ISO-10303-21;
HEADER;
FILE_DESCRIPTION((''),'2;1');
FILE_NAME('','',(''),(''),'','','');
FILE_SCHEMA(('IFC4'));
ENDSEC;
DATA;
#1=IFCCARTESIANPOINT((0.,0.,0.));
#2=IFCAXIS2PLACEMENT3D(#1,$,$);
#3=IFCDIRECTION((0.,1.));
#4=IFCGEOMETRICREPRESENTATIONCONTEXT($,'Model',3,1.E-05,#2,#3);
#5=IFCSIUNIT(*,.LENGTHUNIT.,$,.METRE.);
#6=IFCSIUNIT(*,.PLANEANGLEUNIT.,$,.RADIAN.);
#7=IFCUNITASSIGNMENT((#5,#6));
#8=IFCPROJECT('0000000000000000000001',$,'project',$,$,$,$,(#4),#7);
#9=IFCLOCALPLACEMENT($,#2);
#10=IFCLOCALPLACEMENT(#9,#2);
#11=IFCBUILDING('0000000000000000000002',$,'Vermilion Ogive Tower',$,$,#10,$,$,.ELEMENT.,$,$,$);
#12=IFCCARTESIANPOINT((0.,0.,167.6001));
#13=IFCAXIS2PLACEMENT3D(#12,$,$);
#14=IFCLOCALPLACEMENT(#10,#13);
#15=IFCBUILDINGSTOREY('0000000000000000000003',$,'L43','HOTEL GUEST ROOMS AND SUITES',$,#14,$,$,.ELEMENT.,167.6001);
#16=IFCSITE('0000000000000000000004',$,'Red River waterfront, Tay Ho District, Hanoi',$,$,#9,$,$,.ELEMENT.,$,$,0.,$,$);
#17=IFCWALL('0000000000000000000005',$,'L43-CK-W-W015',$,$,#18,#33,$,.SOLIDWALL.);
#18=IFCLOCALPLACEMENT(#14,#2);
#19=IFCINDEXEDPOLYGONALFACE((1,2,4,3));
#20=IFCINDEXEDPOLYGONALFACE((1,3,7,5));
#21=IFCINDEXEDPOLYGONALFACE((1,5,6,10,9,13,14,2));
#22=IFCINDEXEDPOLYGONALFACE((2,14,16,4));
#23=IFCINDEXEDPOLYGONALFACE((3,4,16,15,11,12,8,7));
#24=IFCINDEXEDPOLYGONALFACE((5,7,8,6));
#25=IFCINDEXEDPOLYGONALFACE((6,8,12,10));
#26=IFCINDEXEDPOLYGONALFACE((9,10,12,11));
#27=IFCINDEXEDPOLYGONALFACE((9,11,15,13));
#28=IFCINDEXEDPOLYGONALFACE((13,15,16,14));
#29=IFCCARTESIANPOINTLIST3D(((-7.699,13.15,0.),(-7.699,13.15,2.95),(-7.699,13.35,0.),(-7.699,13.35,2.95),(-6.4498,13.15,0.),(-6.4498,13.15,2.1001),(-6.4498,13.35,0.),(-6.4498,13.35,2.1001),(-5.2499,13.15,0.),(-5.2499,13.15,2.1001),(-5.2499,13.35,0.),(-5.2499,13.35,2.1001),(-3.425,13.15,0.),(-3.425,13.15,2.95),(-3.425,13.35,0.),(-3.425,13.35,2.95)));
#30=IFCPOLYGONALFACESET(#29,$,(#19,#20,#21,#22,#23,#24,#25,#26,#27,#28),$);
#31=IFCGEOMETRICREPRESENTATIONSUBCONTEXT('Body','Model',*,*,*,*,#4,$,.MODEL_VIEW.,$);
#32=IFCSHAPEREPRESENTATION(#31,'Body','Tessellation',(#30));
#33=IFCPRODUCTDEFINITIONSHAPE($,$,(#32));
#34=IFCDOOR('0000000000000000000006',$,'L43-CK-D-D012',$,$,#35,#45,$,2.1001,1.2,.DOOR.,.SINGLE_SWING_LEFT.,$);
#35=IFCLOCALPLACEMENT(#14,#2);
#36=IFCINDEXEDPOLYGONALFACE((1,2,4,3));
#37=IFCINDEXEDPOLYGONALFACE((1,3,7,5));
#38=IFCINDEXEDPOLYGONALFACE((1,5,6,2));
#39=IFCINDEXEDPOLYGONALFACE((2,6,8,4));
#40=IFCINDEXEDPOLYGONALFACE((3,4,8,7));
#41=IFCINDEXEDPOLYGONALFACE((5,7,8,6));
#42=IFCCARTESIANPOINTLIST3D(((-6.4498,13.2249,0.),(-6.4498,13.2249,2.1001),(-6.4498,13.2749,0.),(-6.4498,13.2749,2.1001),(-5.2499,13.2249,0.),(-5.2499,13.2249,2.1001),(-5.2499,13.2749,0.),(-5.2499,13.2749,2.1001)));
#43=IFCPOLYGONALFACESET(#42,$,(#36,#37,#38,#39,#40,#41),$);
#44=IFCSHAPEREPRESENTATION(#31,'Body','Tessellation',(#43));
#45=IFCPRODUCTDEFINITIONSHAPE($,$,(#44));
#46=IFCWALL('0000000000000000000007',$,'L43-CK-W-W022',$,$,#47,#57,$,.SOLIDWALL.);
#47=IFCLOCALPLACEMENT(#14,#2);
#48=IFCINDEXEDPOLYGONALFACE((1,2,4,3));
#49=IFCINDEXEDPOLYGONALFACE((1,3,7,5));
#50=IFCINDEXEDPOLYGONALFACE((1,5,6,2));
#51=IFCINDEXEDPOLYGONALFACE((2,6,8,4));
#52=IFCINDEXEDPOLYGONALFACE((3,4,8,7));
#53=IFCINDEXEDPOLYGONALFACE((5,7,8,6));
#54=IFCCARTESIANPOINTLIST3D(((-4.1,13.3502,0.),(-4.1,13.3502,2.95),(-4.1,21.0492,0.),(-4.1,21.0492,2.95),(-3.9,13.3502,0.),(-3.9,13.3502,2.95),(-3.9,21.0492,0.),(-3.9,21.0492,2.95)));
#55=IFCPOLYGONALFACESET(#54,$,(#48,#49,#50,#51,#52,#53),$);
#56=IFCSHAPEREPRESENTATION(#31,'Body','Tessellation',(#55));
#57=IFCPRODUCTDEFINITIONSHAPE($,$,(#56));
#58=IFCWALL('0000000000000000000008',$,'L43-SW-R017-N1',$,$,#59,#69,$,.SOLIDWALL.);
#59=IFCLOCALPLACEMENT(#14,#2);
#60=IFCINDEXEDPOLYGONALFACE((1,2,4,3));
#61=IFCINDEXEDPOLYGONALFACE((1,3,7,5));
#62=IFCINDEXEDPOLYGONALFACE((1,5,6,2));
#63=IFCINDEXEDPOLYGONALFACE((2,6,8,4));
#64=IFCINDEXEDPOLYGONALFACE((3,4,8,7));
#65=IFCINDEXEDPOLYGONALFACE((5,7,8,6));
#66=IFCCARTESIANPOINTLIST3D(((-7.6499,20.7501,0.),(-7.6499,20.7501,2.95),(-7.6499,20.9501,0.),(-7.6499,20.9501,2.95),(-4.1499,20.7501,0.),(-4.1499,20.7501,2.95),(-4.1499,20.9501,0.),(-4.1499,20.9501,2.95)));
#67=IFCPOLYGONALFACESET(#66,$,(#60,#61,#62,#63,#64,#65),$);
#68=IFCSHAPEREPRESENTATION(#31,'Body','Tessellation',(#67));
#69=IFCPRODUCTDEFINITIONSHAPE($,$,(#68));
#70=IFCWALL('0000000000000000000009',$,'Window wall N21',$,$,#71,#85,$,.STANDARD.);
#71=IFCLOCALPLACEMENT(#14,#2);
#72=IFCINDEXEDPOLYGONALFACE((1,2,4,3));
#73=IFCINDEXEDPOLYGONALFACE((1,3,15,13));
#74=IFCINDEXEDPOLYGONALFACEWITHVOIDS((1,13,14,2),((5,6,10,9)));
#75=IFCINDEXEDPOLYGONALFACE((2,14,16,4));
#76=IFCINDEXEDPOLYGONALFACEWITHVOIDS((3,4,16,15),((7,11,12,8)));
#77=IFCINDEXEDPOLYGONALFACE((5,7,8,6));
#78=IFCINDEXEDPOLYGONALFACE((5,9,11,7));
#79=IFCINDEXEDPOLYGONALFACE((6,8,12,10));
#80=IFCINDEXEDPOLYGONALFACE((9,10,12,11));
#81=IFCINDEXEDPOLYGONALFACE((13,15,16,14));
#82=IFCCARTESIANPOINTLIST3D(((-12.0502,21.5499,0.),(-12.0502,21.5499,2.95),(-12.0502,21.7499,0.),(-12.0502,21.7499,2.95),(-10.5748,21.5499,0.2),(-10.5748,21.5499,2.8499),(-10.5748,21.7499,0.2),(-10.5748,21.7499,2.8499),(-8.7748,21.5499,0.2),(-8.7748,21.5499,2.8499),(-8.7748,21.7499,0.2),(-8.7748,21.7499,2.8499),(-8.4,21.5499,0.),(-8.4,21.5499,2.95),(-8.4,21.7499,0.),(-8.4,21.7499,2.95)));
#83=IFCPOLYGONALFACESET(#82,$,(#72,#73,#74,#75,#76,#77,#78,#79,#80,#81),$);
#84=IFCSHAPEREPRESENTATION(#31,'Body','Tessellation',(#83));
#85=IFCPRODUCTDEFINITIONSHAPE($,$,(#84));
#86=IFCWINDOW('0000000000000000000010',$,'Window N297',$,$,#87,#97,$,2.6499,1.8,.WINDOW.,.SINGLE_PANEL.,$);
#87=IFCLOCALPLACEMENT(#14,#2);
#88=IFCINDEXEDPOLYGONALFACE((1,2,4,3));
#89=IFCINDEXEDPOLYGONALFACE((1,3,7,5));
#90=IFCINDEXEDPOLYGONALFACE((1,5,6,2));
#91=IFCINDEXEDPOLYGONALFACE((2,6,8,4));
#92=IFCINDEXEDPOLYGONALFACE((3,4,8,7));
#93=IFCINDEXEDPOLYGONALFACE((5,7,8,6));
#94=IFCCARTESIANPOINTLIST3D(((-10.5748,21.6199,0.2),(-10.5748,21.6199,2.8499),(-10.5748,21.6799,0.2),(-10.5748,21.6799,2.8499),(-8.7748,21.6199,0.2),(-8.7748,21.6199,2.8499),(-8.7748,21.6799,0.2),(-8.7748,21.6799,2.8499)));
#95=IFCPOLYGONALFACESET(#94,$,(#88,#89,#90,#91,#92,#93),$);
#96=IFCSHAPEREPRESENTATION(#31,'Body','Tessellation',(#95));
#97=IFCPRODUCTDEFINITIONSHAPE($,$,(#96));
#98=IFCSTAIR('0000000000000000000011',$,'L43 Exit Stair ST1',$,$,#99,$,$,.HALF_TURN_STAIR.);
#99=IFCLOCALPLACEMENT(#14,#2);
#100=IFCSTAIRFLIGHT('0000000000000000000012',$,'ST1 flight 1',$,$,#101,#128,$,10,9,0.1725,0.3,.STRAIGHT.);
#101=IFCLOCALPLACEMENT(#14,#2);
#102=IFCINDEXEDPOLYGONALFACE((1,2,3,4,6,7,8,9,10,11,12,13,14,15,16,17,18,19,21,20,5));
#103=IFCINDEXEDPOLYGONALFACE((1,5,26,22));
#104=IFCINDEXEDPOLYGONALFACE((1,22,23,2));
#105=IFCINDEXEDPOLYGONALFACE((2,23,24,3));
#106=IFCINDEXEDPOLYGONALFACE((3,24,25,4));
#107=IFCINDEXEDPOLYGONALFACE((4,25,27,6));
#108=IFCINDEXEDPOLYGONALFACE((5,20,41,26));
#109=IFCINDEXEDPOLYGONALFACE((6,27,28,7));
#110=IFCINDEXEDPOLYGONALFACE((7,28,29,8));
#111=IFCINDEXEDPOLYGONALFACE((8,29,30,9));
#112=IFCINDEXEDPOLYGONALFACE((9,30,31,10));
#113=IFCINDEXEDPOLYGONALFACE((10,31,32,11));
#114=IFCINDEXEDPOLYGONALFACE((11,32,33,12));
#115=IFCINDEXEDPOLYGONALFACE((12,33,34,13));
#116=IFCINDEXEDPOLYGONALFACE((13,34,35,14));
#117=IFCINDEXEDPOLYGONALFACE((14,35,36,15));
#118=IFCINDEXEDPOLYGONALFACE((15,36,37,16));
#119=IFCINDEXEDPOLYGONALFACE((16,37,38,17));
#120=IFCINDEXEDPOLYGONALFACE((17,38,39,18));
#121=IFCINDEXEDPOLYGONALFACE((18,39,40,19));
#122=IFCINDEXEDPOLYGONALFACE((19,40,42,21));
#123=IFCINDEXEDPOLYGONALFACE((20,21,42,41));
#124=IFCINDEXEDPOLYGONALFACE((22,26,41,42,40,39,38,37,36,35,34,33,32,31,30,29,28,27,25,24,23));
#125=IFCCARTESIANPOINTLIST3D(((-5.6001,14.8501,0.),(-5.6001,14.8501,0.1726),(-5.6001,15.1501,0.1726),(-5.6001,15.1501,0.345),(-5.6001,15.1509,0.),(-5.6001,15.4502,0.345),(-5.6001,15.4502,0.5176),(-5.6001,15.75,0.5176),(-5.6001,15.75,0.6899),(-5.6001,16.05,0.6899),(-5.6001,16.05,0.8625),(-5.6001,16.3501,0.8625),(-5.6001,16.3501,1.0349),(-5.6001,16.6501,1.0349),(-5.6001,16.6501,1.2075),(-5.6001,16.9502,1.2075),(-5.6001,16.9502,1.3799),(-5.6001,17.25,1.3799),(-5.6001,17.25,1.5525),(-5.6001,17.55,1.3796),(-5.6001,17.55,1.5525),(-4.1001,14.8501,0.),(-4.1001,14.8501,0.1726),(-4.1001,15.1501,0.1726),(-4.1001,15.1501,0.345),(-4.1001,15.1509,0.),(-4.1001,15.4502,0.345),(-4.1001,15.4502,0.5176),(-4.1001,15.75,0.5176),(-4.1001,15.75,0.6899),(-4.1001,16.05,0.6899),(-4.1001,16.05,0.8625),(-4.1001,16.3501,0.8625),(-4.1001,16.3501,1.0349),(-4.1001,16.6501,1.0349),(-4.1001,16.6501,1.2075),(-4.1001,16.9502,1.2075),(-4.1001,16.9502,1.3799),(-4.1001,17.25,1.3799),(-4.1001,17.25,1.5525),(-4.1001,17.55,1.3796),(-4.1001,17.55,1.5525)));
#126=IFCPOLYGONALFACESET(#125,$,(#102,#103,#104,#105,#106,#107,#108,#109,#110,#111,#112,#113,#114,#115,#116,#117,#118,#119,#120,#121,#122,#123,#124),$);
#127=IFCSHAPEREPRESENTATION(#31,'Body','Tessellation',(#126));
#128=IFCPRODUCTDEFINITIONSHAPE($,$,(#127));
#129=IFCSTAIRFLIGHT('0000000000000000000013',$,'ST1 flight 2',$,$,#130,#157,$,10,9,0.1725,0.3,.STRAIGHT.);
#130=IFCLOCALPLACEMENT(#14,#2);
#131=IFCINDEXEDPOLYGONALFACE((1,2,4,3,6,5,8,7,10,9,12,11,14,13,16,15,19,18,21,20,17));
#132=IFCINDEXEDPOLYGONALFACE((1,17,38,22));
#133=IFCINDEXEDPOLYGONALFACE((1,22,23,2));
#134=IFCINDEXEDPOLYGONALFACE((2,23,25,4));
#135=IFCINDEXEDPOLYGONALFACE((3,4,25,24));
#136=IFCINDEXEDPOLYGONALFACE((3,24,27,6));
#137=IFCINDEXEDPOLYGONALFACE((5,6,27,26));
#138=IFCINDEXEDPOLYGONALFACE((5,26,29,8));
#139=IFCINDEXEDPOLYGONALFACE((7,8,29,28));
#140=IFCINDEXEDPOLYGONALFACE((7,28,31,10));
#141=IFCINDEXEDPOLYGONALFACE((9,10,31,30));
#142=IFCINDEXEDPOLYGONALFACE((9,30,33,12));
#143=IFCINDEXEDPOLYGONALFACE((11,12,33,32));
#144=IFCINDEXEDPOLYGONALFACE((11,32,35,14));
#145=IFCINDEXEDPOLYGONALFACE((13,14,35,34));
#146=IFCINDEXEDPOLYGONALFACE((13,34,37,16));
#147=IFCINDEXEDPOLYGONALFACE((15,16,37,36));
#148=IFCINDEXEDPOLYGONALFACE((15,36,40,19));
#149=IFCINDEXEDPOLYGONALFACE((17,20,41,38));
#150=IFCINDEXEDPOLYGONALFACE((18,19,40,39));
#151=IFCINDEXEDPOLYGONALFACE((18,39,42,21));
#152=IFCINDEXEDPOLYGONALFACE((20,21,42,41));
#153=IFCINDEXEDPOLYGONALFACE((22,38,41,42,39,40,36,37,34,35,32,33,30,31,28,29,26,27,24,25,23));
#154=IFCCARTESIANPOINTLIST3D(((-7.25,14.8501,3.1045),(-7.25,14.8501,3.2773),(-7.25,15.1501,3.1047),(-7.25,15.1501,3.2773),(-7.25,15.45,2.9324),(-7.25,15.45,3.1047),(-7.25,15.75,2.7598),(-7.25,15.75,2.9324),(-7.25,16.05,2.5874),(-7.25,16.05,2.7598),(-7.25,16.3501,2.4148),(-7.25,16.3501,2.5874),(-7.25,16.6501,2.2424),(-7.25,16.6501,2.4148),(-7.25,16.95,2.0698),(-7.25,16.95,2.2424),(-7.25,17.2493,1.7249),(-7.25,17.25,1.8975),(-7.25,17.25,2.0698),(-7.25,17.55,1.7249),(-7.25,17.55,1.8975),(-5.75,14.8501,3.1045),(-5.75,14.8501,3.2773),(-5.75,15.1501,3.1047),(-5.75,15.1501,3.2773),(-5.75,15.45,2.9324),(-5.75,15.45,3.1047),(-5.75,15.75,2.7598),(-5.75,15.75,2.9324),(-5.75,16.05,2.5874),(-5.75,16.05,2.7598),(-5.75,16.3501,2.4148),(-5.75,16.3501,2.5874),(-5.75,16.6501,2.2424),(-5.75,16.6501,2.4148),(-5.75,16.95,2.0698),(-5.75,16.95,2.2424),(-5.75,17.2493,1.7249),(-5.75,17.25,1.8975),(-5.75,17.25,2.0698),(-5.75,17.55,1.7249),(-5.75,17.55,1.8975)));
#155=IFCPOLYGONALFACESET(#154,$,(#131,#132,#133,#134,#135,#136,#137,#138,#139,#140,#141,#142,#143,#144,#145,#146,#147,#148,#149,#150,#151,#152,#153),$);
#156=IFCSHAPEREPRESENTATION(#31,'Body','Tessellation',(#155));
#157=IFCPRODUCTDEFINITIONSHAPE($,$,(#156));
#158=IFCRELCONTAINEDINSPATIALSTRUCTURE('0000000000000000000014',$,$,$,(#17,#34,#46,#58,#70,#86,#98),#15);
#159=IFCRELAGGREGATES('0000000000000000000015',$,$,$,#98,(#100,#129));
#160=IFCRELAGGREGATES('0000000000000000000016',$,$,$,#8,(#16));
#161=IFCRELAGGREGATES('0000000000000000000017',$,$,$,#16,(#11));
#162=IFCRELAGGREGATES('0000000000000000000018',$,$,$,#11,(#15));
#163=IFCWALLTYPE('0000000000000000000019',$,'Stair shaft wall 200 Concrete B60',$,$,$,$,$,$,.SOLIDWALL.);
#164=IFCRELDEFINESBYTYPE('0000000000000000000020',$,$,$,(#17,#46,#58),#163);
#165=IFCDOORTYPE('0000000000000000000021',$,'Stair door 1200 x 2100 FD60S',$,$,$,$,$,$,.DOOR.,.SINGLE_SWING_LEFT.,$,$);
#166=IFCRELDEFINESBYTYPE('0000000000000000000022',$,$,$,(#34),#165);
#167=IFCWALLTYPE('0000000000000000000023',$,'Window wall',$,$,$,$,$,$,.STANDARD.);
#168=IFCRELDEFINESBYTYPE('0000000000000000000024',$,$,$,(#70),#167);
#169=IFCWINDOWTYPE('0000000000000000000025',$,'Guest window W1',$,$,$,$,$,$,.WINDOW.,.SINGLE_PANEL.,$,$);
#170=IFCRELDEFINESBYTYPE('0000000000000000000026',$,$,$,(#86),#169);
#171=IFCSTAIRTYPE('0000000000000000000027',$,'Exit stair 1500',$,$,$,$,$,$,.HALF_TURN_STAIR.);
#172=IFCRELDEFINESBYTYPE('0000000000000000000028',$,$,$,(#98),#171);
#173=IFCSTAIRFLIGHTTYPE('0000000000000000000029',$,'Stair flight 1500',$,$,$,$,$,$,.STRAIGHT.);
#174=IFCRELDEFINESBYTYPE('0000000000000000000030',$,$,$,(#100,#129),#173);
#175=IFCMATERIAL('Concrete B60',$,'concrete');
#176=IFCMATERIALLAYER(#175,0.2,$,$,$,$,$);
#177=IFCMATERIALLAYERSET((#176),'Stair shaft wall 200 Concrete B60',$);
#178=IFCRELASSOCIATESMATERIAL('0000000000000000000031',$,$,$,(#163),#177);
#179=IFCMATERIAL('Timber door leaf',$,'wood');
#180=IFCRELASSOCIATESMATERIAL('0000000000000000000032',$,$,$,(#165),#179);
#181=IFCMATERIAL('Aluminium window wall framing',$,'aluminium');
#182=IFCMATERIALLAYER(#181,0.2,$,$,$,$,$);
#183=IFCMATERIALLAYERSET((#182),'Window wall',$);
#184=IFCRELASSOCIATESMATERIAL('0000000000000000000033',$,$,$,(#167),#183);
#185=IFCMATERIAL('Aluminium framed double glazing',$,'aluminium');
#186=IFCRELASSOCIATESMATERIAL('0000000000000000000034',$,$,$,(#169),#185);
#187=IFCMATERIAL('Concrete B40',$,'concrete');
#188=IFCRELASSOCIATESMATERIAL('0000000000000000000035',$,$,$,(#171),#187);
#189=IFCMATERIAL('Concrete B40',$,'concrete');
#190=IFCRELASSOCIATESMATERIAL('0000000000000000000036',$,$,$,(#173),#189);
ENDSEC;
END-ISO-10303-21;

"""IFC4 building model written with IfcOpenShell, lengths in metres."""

from ifc_helpers import new_model, si_unit, direction, frame, frame_2d, origin, place, context, subcontext, project, spatial, polyline, rectangle, outline, extrude, material, layer, layer_set, type_object, element, fill, aggregate, save


model = new_model("IFC4")

# Units and contexts
model_context = context("Model", 3, precision=1e-05, world=origin(), true_north=direction((0.0, 1.0)))
body_context = subcontext(model_context, "Body", "Model", "MODEL_VIEW")
ifc_project = project(units=[si_unit("LENGTHUNIT", "METRE"), si_unit("PLANEANGLEUNIT", "RADIAN")], contexts=[model_context])

# Site, building, storey
site_placement = place(None, origin())
site = spatial("IfcSite", under=ifc_project, at=site_placement, Name="Red River waterfront, Tay Ho District, Hanoi", CompositionType="ELEMENT", RefElevation=0.0)
building_placement = place(site_placement, origin())
building = spatial("IfcBuilding", under=site, at=building_placement, Name="Vermilion Ogive Tower", CompositionType="ELEMENT")
storey_placement = place(building_placement, frame((0.0, 0.0, 167.6001)))
storey = spatial("IfcBuildingStorey", under=building, at=storey_placement, Name="L43", Description="HOTEL GUEST ROOMS AND SUITES", CompositionType="ELEMENT", Elevation=167.6001)

# Wall, opening, door
ifc_material_1 = material(Name="Concrete B60", Category="concrete")
ifc_layer_1 = layer(ifc_material_1, 0.2)
ifc_layer_set_1 = layer_set([ifc_layer_1], Name="Stair shaft wall 200 Concrete B60")
wall_type_1 = type_object("IfcWallType", Name="Stair shaft wall 200 Concrete B60", PredefinedType="SOLIDWALL", material=ifc_layer_set_1)
wall_1_placement = place(storey_placement, frame((-7.699, 13.25, 0.0), z_axis=(0.0, 0.0, 1.0), x_axis=(1.0, 0.0, 0.0)))
wall_1 = element("IfcWall", 1, at=wall_1_placement, inside=storey, type_object=wall_type_1, Name="L43-CK-W-W015", PredefinedType="SOLIDWALL", context=body_context, shape_type="SweptSolid", body=[
    extrude(rectangle(XDim=4.2739, YDim=0.2, at=frame_2d((2.137, 0.0))), origin(), (0.0, 0.0, 1.0), 2.95),
])
opening_1_placement = place(wall_1_placement, frame((1.249, 0.0, 0.0)))
opening_1 = element("IfcOpeningElement", 2, at=opening_1_placement, cuts=wall_1, PredefinedType="OPENING", context=body_context, shape_type="SweptSolid", body=[
    extrude(rectangle(XDim=1.2, YDim=2.1001, at=frame_2d((0.6001, 1.05))), frame((0.0, 0.1099, 0.0), z_axis=(0.0, -1.0, 0.0), x_axis=(1.0, 0.0, 0.0)), (0.0, 0.0, 1.0), 0.22),
])
ifc_material_2 = material(Name="Timber door leaf", Category="wood")
door_type_1 = type_object("IfcDoorType", Name="Stair door 1200 x 2100 FD60S", OperationType="SINGLE_SWING_LEFT", PredefinedType="DOOR", material=ifc_material_2)
door_1_placement = place(opening_1_placement, origin())
door_1 = element("IfcDoor", 3, at=door_1_placement, inside=storey, type_object=door_type_1, Name="L43-CK-D-D012", OperationType="SINGLE_SWING_LEFT", OverallHeight=2.1001, OverallWidth=1.2, PredefinedType="DOOR", context=body_context, shape_type="SweptSolid", body=[
    extrude(rectangle(XDim=1.2, YDim=2.1001, at=frame_2d((0.6001, 1.05))), frame((0.0, 0.0249, 0.0), z_axis=(0.0, -1.0, 0.0), x_axis=(1.0, 0.0, 0.0)), (0.0, 0.0, 1.0), 0.05),
])
fill(opening_1, door_1)

# Walls
wall_2_placement = place(storey_placement, frame((-4.0, 13.3501, 0.0), z_axis=(0.0, 0.0, 1.0), x_axis=(0.0, 1.0, 0.0)))
element("IfcWall", 4, at=wall_2_placement, inside=storey, type_object=wall_type_1, Name="L43-CK-W-W022", PredefinedType="SOLIDWALL", context=body_context, shape_type="SweptSolid", body=[
    extrude(rectangle(XDim=7.699, YDim=0.2, at=frame_2d((3.8496, 0.0))), origin(), (0.0, 0.0, 1.0), 2.95),
])
wall_3_placement = place(storey_placement, frame((-7.6499, 20.8501, 0.0), z_axis=(0.0, 0.0, 1.0), x_axis=(1.0, 0.0, 0.0)))
element("IfcWall", 5, at=wall_3_placement, inside=storey, type_object=wall_type_1, Name="L43-SW-R017-N1", PredefinedType="SOLIDWALL", context=body_context, shape_type="SweptSolid", body=[
    extrude(rectangle(XDim=3.5, YDim=0.2, at=frame_2d((1.75, 0.0))), origin(), (0.0, 0.0, 1.0), 2.95),
])

# Wall, opening, window
ifc_material_3 = material(Name="Aluminium window wall framing", Category="aluminium")
ifc_layer_2 = layer(ifc_material_3, 0.2)
ifc_layer_set_2 = layer_set([ifc_layer_2], Name="Window wall")
wall_type_2 = type_object("IfcWallType", Name="Window wall", PredefinedType="STANDARD", material=ifc_layer_set_2)
wall_4_placement = place(storey_placement, frame((-8.3999, 21.6499, 0.0), z_axis=(0.0, 0.0, 1.0), x_axis=(-1.0, 0.0, 0.0)))
wall_4 = element("IfcWall", 6, at=wall_4_placement, inside=storey, type_object=wall_type_2, Name="Window wall N21", PredefinedType="STANDARD", context=body_context, shape_type="SweptSolid", body=[
    extrude(rectangle(XDim=3.6501, YDim=0.2, at=frame_2d((1.8252, 0.0))), origin(), (0.0, 0.0, 1.0), 2.95),
])
opening_2_placement = place(wall_4_placement, frame((0.375, 0.0, 0.2)))
opening_2 = element("IfcOpeningElement", 7, at=opening_2_placement, cuts=wall_4, PredefinedType="OPENING", context=body_context, shape_type="SweptSolid", body=[
    extrude(rectangle(XDim=1.8, YDim=2.6499, at=frame_2d((0.8999, 1.325))), frame((0.0, 0.1099, 0.0), z_axis=(0.0, -1.0, 0.0), x_axis=(1.0, 0.0, 0.0)), (0.0, 0.0, 1.0), 0.22),
])
ifc_material_4 = material(Name="Aluminium framed double glazing", Category="aluminium")
window_type = type_object("IfcWindowType", Name="Guest window W1", PartitioningType="SINGLE_PANEL", PredefinedType="WINDOW", material=ifc_material_4)
window_placement = place(opening_2_placement, origin())
window = element("IfcWindow", 8, at=window_placement, inside=storey, type_object=window_type, Name="Window N297", OverallHeight=2.6499, OverallWidth=1.8, PartitioningType="SINGLE_PANEL", PredefinedType="WINDOW", context=body_context, shape_type="SweptSolid", body=[
    extrude(rectangle(XDim=1.8, YDim=2.6499, at=frame_2d((0.8999, 1.325))), frame((0.0, 0.03, 0.0), z_axis=(0.0, -1.0, 0.0), x_axis=(1.0, 0.0, 0.0)), (0.0, 0.0, 1.0), 0.0601),
])
fill(opening_2, window)

# Stair, stair flights
ifc_material_5 = material(Name="Concrete B40", Category="concrete")
stair_type = type_object("IfcStairType", Name="Exit stair 1500", PredefinedType="HALF_TURN_STAIR", material=ifc_material_5)
stair_placement = place(storey_placement, origin())
stair = element("IfcStair", 9, at=stair_placement, inside=storey, type_object=stair_type, Name="L43 Exit Stair ST1", PredefinedType="HALF_TURN_STAIR")
ifc_material_6 = material(Name="Concrete B40", Category="concrete")
stair_flight_type = type_object("IfcStairFlightType", Name="Stair flight 1500", PredefinedType="STRAIGHT", material=ifc_material_6)
stair_flight_1_placement = place(storey_placement, frame((-4.8501, 14.8501, 0.0), z_axis=(0.0, 0.0, 1.0), x_axis=(0.0, 1.0, 0.0)))
stair_flight_1 = element("IfcStairFlight", 10, at=stair_flight_1_placement, type_object=stair_flight_type, Name="ST1 flight 1", NumberOfRisers=10, NumberOfTreads=9, PredefinedType="STRAIGHT", RiserHeight=0.1725, TreadLength=0.3, context=body_context, shape_type="SweptSolid", body=[
    extrude(outline(polyline([(0.0, 0.0), (0.0, 0.1726), (0.3, 0.1726), (0.3, 0.345), (0.6001, 0.345), (0.6001, 0.5176), (0.8999, 0.5176), (0.8999, 0.6899), (1.2, 0.6899), (1.2, 0.8625), (1.5, 0.8625), (1.5, 1.0349), (1.8, 1.0349), (1.8, 1.2075), (2.1001, 1.2075), (2.1001, 1.3799), (2.3999, 1.3799), (2.3999, 1.5525), (2.7, 1.5525), (2.7, 1.7251), (2.7, 1.3796), (0.3008, 0.0), (0.0, 0.0)])), frame((0.0, 0.75, 0.0), z_axis=(0.0, -1.0, 0.0), x_axis=(1.0, 0.0, 0.0)), (0.0, 0.0, 1.0), 1.5),
])
stair_flight_2_placement = place(storey_placement, frame((-6.5, 17.55, 1.7249), z_axis=(0.0, 0.0, 1.0), x_axis=(0.0, -1.0, 0.0)))
stair_flight_2 = element("IfcStairFlight", 11, at=stair_flight_2_placement, type_object=stair_flight_type, Name="ST1 flight 2", NumberOfRisers=10, NumberOfTreads=9, PredefinedType="STRAIGHT", RiserHeight=0.1725, TreadLength=0.3, context=body_context, shape_type="SweptSolid", body=[
    extrude(outline(polyline([(0.0, 0.0), (0.0, 0.1726), (0.3, 0.1726), (0.3, 0.345), (0.6001, 0.345), (0.6001, 0.5176), (0.8999, 0.5176), (0.8999, 0.6899), (1.2, 0.6899), (1.2, 0.8625), (1.5, 0.8625), (1.5, 1.0349), (1.8, 1.0349), (1.8, 1.2075), (2.1001, 1.2075), (2.1001, 1.3799), (2.3999, 1.3799), (2.3999, 1.5525), (2.7, 1.5525), (2.7, 1.7251), (2.7, 1.3796), (0.3008, 0.0), (0.0, 0.0)])), frame((0.0, 0.75, 0.0), z_axis=(0.0, -1.0, 0.0), x_axis=(1.0, 0.0, 0.0)), (0.0, 0.0, 1.0), 1.5),
])
aggregate(stair, [stair_flight_1, stair_flight_2])

save(model, "model.ifc")
